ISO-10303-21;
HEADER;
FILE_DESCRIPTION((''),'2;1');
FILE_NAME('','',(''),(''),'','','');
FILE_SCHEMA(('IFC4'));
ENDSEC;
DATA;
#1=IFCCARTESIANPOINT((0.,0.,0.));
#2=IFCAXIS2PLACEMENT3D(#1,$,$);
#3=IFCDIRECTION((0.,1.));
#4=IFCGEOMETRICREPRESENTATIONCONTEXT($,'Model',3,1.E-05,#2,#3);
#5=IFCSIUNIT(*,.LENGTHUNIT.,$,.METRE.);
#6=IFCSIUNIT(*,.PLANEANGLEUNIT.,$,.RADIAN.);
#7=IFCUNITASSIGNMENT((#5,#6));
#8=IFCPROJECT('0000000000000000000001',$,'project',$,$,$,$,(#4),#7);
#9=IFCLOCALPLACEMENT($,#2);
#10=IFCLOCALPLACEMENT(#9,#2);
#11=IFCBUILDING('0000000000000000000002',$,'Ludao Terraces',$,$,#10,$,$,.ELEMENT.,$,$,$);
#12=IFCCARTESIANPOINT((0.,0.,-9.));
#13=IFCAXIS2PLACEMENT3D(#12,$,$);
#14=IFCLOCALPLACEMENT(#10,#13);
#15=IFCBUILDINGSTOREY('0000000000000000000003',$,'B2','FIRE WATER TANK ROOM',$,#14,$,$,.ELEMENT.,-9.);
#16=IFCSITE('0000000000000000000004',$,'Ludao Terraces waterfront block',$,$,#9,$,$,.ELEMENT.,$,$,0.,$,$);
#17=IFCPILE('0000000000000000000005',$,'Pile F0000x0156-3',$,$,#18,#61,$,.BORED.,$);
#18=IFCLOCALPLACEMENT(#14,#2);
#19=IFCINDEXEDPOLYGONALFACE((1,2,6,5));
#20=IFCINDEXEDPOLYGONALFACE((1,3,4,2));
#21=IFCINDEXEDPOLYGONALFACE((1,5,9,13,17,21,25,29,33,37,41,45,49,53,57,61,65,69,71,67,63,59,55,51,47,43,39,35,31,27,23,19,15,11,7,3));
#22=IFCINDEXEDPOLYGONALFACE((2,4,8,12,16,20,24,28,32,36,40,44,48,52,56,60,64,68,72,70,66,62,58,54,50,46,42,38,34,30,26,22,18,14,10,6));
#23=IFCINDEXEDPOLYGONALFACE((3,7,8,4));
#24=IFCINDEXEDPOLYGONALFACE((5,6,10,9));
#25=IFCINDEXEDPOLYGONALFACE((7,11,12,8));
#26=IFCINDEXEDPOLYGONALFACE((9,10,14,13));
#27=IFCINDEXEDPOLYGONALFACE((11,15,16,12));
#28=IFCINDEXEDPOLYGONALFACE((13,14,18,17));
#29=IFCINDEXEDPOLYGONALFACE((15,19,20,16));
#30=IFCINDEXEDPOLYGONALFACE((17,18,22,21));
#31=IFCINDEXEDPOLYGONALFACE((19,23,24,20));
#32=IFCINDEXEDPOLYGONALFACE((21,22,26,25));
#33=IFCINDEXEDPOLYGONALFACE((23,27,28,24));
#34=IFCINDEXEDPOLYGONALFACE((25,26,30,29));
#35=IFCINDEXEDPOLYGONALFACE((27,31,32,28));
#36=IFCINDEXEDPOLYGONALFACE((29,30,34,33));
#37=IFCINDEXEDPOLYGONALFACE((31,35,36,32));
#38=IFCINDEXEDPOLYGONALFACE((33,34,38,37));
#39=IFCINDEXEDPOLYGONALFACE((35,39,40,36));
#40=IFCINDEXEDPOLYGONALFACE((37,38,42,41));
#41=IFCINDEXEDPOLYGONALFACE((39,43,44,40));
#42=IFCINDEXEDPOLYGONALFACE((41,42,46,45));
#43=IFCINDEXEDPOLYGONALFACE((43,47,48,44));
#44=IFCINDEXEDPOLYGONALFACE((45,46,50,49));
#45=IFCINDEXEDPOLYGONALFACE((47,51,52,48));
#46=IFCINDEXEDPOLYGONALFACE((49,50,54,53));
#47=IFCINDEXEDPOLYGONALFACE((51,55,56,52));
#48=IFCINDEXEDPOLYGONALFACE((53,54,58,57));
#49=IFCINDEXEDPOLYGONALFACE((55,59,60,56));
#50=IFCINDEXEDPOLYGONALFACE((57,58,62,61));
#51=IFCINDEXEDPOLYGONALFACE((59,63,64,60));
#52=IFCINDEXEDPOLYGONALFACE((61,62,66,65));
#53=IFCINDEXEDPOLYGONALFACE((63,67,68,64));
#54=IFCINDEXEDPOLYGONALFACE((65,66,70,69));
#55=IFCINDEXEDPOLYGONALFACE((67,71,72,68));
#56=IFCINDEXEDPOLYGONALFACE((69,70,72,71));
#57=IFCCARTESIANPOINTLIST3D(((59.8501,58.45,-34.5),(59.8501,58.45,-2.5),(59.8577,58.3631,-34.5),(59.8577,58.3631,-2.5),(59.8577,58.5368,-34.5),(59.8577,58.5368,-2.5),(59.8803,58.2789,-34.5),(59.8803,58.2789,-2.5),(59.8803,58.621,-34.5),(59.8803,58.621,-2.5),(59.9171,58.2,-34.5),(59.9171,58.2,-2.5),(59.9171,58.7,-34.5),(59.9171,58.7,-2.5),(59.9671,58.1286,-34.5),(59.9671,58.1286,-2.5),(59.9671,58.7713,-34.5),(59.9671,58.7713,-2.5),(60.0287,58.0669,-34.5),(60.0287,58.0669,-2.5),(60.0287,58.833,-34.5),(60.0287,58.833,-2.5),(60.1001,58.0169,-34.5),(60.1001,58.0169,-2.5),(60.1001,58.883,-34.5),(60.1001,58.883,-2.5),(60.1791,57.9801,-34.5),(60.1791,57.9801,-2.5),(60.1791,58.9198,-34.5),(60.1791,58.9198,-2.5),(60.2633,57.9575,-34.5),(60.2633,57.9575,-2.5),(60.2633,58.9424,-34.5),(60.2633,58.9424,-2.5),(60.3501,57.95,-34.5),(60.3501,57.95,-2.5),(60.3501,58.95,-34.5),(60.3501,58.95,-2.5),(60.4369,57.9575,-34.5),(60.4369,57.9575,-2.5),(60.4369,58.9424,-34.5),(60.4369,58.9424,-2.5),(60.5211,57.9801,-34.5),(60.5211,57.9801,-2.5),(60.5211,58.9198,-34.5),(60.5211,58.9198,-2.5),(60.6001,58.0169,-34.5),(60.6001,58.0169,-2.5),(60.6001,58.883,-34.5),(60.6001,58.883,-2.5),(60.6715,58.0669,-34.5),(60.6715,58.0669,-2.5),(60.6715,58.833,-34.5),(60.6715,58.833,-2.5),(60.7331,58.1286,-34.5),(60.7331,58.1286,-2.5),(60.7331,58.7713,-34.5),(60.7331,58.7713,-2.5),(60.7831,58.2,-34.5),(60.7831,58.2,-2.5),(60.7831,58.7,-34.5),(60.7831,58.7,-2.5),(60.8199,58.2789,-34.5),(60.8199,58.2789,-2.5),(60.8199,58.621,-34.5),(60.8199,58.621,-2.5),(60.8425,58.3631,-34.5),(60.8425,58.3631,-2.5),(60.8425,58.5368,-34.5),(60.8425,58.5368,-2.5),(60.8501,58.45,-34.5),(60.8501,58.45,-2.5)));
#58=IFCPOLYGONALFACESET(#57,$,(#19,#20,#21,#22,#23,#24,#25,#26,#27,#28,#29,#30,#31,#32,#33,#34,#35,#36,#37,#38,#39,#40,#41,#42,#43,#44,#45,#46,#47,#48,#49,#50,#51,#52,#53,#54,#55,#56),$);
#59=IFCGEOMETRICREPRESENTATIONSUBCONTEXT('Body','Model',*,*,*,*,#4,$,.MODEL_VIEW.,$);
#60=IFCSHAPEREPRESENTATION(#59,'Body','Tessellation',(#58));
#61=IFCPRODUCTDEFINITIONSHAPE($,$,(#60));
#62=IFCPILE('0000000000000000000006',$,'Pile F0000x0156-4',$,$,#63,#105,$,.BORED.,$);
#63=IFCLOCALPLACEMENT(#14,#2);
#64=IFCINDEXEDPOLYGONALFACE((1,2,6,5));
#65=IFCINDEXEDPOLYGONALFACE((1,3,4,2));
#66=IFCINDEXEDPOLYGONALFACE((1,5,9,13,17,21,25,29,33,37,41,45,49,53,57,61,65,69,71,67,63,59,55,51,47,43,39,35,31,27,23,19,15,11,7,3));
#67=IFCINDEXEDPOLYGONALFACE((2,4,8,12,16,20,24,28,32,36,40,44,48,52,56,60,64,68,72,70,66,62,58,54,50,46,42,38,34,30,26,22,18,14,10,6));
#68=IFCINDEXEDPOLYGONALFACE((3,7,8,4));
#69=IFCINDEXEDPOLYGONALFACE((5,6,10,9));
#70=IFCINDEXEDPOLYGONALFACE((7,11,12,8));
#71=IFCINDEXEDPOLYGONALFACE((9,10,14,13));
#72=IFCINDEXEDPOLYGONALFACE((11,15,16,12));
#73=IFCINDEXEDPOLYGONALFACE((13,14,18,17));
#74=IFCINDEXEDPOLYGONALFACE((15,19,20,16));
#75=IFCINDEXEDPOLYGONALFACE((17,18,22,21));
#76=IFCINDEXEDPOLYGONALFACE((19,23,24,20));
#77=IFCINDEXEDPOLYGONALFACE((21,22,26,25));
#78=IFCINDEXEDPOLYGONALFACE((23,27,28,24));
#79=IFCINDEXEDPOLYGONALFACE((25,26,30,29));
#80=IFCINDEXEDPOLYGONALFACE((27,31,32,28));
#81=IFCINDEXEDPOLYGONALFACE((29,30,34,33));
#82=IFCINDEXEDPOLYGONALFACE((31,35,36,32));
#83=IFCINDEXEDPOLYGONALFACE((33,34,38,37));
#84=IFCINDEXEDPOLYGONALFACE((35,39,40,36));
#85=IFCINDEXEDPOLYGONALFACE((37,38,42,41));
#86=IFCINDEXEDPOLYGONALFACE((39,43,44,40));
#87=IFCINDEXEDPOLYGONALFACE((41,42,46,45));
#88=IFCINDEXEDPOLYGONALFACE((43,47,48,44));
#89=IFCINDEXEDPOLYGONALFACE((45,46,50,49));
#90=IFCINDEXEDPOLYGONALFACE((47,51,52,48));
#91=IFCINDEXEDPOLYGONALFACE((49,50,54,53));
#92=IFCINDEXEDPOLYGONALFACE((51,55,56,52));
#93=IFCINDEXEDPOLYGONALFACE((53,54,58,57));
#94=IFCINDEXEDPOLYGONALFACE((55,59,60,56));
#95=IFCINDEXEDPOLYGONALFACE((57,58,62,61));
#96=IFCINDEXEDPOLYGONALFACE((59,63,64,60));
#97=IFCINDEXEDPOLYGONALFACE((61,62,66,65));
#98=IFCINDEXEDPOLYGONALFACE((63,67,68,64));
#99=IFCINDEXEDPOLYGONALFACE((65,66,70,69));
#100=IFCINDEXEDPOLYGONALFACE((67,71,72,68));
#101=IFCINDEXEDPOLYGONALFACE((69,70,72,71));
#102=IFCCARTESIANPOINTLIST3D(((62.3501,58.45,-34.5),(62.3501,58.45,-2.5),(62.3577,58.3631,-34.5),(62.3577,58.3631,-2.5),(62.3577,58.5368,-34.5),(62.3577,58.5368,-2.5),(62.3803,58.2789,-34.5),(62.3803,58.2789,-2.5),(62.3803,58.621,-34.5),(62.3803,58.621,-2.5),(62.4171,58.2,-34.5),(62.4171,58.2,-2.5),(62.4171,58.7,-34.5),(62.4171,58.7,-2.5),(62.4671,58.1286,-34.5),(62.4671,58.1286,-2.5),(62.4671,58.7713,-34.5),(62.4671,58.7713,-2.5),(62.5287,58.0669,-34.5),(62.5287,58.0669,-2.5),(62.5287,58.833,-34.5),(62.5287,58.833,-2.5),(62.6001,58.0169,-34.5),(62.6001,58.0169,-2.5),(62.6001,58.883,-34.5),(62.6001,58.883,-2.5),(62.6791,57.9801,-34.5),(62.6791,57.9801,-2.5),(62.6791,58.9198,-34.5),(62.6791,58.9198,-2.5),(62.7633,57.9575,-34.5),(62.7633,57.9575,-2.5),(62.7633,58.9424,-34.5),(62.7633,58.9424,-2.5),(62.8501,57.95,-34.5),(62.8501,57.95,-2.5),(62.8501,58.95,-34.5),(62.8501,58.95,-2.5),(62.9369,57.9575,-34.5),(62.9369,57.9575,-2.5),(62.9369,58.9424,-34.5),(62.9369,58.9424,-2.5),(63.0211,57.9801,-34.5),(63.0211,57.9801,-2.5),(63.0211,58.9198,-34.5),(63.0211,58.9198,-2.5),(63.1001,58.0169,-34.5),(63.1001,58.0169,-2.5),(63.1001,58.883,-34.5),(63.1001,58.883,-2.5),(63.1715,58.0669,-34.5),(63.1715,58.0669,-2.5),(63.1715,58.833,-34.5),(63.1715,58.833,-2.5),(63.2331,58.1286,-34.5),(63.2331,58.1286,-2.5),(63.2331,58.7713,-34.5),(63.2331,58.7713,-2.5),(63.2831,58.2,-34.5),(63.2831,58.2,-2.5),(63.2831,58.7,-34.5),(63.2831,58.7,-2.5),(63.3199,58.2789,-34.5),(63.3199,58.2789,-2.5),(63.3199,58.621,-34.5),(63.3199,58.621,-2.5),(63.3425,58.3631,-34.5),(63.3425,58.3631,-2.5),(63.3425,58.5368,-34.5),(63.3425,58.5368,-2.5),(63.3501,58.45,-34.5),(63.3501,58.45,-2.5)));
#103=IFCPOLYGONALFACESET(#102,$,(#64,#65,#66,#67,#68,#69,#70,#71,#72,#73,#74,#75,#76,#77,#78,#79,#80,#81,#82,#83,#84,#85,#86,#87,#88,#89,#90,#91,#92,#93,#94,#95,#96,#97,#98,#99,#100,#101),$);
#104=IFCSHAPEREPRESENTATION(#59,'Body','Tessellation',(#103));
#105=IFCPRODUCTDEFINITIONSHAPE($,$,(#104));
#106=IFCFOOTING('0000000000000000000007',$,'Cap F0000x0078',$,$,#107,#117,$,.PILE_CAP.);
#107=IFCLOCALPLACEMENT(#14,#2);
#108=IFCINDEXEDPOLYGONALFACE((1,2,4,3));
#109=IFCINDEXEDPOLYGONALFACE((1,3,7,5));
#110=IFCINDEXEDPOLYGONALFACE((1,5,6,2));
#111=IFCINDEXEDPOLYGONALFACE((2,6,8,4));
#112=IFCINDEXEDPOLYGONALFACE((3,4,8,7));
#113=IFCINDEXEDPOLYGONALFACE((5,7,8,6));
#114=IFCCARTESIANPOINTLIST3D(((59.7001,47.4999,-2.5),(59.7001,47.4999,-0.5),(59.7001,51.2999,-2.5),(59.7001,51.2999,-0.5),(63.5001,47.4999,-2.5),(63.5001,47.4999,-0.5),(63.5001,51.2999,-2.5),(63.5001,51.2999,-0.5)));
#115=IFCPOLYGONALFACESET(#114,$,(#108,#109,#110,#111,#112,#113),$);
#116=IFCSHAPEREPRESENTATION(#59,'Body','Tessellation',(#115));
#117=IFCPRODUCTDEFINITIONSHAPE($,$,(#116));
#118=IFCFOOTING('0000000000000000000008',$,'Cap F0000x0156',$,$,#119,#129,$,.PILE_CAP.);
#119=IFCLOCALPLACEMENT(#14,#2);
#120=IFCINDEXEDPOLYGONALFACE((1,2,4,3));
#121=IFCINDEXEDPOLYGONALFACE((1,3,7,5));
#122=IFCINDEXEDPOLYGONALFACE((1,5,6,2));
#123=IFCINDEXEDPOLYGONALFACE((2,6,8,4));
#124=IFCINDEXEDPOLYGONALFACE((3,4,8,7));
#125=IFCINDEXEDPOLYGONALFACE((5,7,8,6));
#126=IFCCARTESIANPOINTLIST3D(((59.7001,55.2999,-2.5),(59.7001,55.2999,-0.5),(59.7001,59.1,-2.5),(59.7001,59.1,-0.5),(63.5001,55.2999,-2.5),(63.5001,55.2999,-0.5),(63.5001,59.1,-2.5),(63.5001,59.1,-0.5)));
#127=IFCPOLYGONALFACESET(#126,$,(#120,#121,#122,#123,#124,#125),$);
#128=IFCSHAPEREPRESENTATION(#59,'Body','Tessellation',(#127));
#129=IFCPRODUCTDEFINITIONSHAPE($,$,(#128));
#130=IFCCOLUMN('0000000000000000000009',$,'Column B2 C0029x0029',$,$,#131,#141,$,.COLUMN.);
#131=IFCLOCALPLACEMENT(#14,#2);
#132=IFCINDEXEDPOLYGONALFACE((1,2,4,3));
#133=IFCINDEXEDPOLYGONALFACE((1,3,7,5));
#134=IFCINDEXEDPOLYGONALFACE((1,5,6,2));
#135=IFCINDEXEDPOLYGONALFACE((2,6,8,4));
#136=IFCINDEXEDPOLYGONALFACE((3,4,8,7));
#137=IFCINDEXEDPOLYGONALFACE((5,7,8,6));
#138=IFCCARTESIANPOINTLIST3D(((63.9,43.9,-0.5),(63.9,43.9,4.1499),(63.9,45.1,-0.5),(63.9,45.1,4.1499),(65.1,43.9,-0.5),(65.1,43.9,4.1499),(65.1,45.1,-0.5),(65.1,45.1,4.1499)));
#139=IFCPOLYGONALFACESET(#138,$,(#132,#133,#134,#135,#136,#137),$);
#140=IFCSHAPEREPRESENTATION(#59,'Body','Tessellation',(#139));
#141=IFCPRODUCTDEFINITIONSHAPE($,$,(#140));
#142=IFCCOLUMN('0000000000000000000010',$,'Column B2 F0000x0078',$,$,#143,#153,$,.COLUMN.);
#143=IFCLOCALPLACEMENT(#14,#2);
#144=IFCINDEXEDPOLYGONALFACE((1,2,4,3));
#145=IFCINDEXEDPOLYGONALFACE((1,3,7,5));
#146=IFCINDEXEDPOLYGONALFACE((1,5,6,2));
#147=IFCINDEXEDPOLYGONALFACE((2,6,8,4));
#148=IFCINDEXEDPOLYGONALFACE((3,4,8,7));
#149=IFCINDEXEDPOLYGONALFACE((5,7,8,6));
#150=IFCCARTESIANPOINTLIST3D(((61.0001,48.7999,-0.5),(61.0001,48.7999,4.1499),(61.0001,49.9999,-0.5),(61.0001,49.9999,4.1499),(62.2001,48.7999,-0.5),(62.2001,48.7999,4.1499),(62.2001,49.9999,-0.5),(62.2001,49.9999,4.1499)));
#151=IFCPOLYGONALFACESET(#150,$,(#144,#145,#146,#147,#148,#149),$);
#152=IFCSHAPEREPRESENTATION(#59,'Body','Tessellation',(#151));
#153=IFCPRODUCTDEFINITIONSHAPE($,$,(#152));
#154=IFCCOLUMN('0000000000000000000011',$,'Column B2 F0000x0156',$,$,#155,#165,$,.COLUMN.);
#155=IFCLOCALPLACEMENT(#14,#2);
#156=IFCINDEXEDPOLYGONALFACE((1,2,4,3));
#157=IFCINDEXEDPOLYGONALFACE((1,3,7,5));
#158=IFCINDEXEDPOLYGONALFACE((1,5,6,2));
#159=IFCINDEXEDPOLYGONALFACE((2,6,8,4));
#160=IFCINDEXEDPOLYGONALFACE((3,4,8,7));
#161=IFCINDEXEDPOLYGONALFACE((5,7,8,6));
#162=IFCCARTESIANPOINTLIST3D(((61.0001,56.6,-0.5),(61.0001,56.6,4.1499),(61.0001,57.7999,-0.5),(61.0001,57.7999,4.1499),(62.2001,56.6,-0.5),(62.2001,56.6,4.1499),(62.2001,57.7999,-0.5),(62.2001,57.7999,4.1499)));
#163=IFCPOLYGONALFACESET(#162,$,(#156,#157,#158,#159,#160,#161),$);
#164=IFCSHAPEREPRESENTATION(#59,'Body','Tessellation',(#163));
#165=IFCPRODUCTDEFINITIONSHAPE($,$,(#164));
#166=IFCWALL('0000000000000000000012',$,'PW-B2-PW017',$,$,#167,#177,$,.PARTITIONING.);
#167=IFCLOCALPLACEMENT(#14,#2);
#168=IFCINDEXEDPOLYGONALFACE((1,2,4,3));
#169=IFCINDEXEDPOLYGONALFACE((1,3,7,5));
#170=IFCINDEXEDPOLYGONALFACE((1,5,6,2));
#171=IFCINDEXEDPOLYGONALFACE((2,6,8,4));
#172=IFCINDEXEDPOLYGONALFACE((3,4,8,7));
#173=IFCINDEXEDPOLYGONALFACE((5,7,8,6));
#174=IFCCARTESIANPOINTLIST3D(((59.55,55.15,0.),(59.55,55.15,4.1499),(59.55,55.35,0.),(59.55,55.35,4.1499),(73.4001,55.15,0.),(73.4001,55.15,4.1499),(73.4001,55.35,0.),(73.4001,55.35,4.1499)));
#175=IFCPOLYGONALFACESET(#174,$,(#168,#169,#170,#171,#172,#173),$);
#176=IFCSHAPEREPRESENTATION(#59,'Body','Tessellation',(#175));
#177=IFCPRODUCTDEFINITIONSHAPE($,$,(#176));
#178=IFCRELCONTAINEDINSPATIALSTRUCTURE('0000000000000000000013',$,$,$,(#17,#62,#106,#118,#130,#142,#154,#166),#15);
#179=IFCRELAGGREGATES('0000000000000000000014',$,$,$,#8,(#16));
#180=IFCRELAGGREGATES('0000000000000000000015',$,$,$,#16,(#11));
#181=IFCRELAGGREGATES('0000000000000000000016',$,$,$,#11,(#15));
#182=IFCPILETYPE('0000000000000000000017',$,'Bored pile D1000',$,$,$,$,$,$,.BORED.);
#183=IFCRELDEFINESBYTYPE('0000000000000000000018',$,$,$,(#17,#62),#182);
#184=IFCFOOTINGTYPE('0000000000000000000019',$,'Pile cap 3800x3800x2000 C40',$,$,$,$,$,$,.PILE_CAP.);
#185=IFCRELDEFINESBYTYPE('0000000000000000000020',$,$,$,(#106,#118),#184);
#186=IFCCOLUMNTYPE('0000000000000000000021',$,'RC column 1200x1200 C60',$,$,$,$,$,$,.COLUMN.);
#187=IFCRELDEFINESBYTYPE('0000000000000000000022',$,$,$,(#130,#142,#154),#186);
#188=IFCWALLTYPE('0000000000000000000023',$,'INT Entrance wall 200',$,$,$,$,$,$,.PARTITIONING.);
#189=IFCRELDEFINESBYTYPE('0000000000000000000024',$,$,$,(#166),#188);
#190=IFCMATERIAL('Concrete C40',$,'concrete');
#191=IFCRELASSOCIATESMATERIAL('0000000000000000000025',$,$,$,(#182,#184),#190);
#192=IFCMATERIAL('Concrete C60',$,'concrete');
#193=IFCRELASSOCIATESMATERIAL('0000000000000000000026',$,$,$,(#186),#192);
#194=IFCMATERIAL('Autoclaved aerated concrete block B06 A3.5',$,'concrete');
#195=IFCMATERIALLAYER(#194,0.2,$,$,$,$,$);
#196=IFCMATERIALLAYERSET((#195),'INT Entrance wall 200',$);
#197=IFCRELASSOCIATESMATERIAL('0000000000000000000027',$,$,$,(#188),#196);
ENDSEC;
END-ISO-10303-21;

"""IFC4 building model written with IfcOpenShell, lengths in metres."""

from ifc_helpers import new_model, si_unit, direction, frame, frame_2d, origin, origin_2d, place, context, subcontext, project, spatial, rectangle, circle, extrude, material, layer, layer_set, material_profile, profile_set, type_object, element, save


model = new_model("IFC4")

# Units and contexts
model_context = context("Model", 3, precision=1e-05, world=origin(), true_north=direction((0.0, 1.0)))
body_context = subcontext(model_context, "Body", "Model", "MODEL_VIEW")
ifc_project = project(units=[si_unit("LENGTHUNIT", "METRE"), si_unit("PLANEANGLEUNIT", "RADIAN")], contexts=[model_context])

# Site, building, storey
site_placement = place(None, origin())
site = spatial("IfcSite", under=ifc_project, at=site_placement, Name="Ludao Terraces waterfront block", CompositionType="ELEMENT", RefElevation=0.0)
building_placement = place(site_placement, origin())
building = spatial("IfcBuilding", under=site, at=building_placement, Name="Ludao Terraces", CompositionType="ELEMENT")
storey_placement = place(building_placement, frame((0.0, 0.0, -9.0)))
storey = spatial("IfcBuildingStorey", under=building, at=storey_placement, Name="B2", Description="FIRE WATER TANK ROOM", CompositionType="ELEMENT", Elevation=-9.0)

# Piles
ifc_material_1 = material(Name="Concrete C40", Category="concrete")
ifc_material_profile_1 = material_profile(ifc_material_1, circle(Radius=0.5, at=origin_2d()), Name="D1000 BORED PILE")
ifc_profile_set_1 = profile_set([ifc_material_profile_1], Name="Concrete C40")
pile_type = type_object("IfcPileType", Name="Bored pile D1000", PredefinedType="BORED", material=ifc_profile_set_1)
for number, where, z_axis, x_axis, name in (
    (1, (60.3501, 58.45, -2.5), (0.0, 0.0, -1.0), (1.0, 0.0, 0.0), "Pile F0000x0156-3"),
    (2, (62.8501, 58.45, -2.5), (0.0, 0.0, -1.0), (1.0, 0.0, 0.0), "Pile F0000x0156-4"),
):
    element("IfcPile", number, at=place(storey_placement, frame(where, z_axis=z_axis, x_axis=x_axis)), inside=storey, type_object=pile_type, Name=name, PredefinedType="BORED", context=body_context, shape_type="SweptSolid", body=[
        extrude(circle(Radius=0.5, at=origin_2d()), origin(), (0.0, 0.0, 1.0), 32.0),
    ])

# Footings
footing_type = type_object("IfcFootingType", Name="Pile cap 3800x3800x2000 C40", PredefinedType="PILE_CAP", material=ifc_material_1)
for number, where, z_axis, x_axis, name in (
    (3, (61.6001, 49.3999, -2.5), (0.0, 0.0, 1.0), (1.0, 0.0, 0.0), "Cap F0000x0078"),
    (4, (61.6001, 57.2, -2.5), (0.0, 0.0, 1.0), (1.0, 0.0, 0.0), "Cap F0000x0156"),
):
    element("IfcFooting", number, at=place(storey_placement, frame(where, z_axis=z_axis, x_axis=x_axis)), inside=storey, type_object=footing_type, Name=name, PredefinedType="PILE_CAP", context=body_context, shape_type="SweptSolid", body=[
        extrude(rectangle(XDim=3.8, YDim=3.8, at=origin_2d()), origin(), (0.0, 0.0, 1.0), 2.0),
    ])

# Columns
ifc_material_2 = material(Name="Concrete C60", Category="concrete")
ifc_material_profile_2 = material_profile(ifc_material_2, rectangle(XDim=1.2, YDim=1.2, at=origin_2d()), Name="1200 X 1200")
ifc_profile_set_2 = profile_set([ifc_material_profile_2], Name="Concrete C60")
column_type = type_object("IfcColumnType", Name="RC column 1200x1200 C60", PredefinedType="COLUMN", material=ifc_profile_set_2)
for number, where, z_axis, x_axis, name in (
    (5, (64.5, 44.5, -0.5), (0.0, 0.0, 1.0), (1.0, 0.0, 0.0), "Column B2 C0029x0029"),
    (6, (61.6001, 49.3999, -0.5), (0.0, 0.0, 1.0), (1.0, 0.0, 0.0), "Column B2 F0000x0078"),
    (7, (61.6001, 57.2, -0.5), (0.0, 0.0, 1.0), (1.0, 0.0, 0.0), "Column B2 F0000x0156"),
):
    element("IfcColumn", number, at=place(storey_placement, frame(where, z_axis=z_axis, x_axis=x_axis)), inside=storey, type_object=column_type, Name=name, PredefinedType="COLUMN", context=body_context, shape_type="SweptSolid", body=[
        extrude(rectangle(XDim=1.2, YDim=1.2, at=origin_2d()), origin(), (0.0, 0.0, 1.0), 4.6499),
    ])

# Wall
ifc_material_3 = material(Name="Autoclaved aerated concrete block B06 A3.5", Category="concrete")
ifc_layer_1 = layer(ifc_material_3, 0.2)
ifc_layer_set_1 = layer_set([ifc_layer_1], Name="INT Entrance wall 200")
wall_type_1 = type_object("IfcWallType", Name="INT Entrance wall 200", PredefinedType="PARTITIONING", material=ifc_layer_set_1)
wall_1_placement = place(storey_placement, frame((59.55, 55.25, 0.0), z_axis=(0.0, 0.0, 1.0), x_axis=(1.0, 0.0, 0.0)))
element("IfcWall", 8, at=wall_1_placement, inside=storey, type_object=wall_type_1, Name="PW-B2-PW017", PredefinedType="PARTITIONING", context=body_context, shape_type="SweptSolid", body=[
    extrude(rectangle(XDim=13.8501, YDim=0.2, at=frame_2d((6.925, 0.0))), origin(), (0.0, 0.0, 1.0), 4.1499),
])

save(model, "model.ifc")
